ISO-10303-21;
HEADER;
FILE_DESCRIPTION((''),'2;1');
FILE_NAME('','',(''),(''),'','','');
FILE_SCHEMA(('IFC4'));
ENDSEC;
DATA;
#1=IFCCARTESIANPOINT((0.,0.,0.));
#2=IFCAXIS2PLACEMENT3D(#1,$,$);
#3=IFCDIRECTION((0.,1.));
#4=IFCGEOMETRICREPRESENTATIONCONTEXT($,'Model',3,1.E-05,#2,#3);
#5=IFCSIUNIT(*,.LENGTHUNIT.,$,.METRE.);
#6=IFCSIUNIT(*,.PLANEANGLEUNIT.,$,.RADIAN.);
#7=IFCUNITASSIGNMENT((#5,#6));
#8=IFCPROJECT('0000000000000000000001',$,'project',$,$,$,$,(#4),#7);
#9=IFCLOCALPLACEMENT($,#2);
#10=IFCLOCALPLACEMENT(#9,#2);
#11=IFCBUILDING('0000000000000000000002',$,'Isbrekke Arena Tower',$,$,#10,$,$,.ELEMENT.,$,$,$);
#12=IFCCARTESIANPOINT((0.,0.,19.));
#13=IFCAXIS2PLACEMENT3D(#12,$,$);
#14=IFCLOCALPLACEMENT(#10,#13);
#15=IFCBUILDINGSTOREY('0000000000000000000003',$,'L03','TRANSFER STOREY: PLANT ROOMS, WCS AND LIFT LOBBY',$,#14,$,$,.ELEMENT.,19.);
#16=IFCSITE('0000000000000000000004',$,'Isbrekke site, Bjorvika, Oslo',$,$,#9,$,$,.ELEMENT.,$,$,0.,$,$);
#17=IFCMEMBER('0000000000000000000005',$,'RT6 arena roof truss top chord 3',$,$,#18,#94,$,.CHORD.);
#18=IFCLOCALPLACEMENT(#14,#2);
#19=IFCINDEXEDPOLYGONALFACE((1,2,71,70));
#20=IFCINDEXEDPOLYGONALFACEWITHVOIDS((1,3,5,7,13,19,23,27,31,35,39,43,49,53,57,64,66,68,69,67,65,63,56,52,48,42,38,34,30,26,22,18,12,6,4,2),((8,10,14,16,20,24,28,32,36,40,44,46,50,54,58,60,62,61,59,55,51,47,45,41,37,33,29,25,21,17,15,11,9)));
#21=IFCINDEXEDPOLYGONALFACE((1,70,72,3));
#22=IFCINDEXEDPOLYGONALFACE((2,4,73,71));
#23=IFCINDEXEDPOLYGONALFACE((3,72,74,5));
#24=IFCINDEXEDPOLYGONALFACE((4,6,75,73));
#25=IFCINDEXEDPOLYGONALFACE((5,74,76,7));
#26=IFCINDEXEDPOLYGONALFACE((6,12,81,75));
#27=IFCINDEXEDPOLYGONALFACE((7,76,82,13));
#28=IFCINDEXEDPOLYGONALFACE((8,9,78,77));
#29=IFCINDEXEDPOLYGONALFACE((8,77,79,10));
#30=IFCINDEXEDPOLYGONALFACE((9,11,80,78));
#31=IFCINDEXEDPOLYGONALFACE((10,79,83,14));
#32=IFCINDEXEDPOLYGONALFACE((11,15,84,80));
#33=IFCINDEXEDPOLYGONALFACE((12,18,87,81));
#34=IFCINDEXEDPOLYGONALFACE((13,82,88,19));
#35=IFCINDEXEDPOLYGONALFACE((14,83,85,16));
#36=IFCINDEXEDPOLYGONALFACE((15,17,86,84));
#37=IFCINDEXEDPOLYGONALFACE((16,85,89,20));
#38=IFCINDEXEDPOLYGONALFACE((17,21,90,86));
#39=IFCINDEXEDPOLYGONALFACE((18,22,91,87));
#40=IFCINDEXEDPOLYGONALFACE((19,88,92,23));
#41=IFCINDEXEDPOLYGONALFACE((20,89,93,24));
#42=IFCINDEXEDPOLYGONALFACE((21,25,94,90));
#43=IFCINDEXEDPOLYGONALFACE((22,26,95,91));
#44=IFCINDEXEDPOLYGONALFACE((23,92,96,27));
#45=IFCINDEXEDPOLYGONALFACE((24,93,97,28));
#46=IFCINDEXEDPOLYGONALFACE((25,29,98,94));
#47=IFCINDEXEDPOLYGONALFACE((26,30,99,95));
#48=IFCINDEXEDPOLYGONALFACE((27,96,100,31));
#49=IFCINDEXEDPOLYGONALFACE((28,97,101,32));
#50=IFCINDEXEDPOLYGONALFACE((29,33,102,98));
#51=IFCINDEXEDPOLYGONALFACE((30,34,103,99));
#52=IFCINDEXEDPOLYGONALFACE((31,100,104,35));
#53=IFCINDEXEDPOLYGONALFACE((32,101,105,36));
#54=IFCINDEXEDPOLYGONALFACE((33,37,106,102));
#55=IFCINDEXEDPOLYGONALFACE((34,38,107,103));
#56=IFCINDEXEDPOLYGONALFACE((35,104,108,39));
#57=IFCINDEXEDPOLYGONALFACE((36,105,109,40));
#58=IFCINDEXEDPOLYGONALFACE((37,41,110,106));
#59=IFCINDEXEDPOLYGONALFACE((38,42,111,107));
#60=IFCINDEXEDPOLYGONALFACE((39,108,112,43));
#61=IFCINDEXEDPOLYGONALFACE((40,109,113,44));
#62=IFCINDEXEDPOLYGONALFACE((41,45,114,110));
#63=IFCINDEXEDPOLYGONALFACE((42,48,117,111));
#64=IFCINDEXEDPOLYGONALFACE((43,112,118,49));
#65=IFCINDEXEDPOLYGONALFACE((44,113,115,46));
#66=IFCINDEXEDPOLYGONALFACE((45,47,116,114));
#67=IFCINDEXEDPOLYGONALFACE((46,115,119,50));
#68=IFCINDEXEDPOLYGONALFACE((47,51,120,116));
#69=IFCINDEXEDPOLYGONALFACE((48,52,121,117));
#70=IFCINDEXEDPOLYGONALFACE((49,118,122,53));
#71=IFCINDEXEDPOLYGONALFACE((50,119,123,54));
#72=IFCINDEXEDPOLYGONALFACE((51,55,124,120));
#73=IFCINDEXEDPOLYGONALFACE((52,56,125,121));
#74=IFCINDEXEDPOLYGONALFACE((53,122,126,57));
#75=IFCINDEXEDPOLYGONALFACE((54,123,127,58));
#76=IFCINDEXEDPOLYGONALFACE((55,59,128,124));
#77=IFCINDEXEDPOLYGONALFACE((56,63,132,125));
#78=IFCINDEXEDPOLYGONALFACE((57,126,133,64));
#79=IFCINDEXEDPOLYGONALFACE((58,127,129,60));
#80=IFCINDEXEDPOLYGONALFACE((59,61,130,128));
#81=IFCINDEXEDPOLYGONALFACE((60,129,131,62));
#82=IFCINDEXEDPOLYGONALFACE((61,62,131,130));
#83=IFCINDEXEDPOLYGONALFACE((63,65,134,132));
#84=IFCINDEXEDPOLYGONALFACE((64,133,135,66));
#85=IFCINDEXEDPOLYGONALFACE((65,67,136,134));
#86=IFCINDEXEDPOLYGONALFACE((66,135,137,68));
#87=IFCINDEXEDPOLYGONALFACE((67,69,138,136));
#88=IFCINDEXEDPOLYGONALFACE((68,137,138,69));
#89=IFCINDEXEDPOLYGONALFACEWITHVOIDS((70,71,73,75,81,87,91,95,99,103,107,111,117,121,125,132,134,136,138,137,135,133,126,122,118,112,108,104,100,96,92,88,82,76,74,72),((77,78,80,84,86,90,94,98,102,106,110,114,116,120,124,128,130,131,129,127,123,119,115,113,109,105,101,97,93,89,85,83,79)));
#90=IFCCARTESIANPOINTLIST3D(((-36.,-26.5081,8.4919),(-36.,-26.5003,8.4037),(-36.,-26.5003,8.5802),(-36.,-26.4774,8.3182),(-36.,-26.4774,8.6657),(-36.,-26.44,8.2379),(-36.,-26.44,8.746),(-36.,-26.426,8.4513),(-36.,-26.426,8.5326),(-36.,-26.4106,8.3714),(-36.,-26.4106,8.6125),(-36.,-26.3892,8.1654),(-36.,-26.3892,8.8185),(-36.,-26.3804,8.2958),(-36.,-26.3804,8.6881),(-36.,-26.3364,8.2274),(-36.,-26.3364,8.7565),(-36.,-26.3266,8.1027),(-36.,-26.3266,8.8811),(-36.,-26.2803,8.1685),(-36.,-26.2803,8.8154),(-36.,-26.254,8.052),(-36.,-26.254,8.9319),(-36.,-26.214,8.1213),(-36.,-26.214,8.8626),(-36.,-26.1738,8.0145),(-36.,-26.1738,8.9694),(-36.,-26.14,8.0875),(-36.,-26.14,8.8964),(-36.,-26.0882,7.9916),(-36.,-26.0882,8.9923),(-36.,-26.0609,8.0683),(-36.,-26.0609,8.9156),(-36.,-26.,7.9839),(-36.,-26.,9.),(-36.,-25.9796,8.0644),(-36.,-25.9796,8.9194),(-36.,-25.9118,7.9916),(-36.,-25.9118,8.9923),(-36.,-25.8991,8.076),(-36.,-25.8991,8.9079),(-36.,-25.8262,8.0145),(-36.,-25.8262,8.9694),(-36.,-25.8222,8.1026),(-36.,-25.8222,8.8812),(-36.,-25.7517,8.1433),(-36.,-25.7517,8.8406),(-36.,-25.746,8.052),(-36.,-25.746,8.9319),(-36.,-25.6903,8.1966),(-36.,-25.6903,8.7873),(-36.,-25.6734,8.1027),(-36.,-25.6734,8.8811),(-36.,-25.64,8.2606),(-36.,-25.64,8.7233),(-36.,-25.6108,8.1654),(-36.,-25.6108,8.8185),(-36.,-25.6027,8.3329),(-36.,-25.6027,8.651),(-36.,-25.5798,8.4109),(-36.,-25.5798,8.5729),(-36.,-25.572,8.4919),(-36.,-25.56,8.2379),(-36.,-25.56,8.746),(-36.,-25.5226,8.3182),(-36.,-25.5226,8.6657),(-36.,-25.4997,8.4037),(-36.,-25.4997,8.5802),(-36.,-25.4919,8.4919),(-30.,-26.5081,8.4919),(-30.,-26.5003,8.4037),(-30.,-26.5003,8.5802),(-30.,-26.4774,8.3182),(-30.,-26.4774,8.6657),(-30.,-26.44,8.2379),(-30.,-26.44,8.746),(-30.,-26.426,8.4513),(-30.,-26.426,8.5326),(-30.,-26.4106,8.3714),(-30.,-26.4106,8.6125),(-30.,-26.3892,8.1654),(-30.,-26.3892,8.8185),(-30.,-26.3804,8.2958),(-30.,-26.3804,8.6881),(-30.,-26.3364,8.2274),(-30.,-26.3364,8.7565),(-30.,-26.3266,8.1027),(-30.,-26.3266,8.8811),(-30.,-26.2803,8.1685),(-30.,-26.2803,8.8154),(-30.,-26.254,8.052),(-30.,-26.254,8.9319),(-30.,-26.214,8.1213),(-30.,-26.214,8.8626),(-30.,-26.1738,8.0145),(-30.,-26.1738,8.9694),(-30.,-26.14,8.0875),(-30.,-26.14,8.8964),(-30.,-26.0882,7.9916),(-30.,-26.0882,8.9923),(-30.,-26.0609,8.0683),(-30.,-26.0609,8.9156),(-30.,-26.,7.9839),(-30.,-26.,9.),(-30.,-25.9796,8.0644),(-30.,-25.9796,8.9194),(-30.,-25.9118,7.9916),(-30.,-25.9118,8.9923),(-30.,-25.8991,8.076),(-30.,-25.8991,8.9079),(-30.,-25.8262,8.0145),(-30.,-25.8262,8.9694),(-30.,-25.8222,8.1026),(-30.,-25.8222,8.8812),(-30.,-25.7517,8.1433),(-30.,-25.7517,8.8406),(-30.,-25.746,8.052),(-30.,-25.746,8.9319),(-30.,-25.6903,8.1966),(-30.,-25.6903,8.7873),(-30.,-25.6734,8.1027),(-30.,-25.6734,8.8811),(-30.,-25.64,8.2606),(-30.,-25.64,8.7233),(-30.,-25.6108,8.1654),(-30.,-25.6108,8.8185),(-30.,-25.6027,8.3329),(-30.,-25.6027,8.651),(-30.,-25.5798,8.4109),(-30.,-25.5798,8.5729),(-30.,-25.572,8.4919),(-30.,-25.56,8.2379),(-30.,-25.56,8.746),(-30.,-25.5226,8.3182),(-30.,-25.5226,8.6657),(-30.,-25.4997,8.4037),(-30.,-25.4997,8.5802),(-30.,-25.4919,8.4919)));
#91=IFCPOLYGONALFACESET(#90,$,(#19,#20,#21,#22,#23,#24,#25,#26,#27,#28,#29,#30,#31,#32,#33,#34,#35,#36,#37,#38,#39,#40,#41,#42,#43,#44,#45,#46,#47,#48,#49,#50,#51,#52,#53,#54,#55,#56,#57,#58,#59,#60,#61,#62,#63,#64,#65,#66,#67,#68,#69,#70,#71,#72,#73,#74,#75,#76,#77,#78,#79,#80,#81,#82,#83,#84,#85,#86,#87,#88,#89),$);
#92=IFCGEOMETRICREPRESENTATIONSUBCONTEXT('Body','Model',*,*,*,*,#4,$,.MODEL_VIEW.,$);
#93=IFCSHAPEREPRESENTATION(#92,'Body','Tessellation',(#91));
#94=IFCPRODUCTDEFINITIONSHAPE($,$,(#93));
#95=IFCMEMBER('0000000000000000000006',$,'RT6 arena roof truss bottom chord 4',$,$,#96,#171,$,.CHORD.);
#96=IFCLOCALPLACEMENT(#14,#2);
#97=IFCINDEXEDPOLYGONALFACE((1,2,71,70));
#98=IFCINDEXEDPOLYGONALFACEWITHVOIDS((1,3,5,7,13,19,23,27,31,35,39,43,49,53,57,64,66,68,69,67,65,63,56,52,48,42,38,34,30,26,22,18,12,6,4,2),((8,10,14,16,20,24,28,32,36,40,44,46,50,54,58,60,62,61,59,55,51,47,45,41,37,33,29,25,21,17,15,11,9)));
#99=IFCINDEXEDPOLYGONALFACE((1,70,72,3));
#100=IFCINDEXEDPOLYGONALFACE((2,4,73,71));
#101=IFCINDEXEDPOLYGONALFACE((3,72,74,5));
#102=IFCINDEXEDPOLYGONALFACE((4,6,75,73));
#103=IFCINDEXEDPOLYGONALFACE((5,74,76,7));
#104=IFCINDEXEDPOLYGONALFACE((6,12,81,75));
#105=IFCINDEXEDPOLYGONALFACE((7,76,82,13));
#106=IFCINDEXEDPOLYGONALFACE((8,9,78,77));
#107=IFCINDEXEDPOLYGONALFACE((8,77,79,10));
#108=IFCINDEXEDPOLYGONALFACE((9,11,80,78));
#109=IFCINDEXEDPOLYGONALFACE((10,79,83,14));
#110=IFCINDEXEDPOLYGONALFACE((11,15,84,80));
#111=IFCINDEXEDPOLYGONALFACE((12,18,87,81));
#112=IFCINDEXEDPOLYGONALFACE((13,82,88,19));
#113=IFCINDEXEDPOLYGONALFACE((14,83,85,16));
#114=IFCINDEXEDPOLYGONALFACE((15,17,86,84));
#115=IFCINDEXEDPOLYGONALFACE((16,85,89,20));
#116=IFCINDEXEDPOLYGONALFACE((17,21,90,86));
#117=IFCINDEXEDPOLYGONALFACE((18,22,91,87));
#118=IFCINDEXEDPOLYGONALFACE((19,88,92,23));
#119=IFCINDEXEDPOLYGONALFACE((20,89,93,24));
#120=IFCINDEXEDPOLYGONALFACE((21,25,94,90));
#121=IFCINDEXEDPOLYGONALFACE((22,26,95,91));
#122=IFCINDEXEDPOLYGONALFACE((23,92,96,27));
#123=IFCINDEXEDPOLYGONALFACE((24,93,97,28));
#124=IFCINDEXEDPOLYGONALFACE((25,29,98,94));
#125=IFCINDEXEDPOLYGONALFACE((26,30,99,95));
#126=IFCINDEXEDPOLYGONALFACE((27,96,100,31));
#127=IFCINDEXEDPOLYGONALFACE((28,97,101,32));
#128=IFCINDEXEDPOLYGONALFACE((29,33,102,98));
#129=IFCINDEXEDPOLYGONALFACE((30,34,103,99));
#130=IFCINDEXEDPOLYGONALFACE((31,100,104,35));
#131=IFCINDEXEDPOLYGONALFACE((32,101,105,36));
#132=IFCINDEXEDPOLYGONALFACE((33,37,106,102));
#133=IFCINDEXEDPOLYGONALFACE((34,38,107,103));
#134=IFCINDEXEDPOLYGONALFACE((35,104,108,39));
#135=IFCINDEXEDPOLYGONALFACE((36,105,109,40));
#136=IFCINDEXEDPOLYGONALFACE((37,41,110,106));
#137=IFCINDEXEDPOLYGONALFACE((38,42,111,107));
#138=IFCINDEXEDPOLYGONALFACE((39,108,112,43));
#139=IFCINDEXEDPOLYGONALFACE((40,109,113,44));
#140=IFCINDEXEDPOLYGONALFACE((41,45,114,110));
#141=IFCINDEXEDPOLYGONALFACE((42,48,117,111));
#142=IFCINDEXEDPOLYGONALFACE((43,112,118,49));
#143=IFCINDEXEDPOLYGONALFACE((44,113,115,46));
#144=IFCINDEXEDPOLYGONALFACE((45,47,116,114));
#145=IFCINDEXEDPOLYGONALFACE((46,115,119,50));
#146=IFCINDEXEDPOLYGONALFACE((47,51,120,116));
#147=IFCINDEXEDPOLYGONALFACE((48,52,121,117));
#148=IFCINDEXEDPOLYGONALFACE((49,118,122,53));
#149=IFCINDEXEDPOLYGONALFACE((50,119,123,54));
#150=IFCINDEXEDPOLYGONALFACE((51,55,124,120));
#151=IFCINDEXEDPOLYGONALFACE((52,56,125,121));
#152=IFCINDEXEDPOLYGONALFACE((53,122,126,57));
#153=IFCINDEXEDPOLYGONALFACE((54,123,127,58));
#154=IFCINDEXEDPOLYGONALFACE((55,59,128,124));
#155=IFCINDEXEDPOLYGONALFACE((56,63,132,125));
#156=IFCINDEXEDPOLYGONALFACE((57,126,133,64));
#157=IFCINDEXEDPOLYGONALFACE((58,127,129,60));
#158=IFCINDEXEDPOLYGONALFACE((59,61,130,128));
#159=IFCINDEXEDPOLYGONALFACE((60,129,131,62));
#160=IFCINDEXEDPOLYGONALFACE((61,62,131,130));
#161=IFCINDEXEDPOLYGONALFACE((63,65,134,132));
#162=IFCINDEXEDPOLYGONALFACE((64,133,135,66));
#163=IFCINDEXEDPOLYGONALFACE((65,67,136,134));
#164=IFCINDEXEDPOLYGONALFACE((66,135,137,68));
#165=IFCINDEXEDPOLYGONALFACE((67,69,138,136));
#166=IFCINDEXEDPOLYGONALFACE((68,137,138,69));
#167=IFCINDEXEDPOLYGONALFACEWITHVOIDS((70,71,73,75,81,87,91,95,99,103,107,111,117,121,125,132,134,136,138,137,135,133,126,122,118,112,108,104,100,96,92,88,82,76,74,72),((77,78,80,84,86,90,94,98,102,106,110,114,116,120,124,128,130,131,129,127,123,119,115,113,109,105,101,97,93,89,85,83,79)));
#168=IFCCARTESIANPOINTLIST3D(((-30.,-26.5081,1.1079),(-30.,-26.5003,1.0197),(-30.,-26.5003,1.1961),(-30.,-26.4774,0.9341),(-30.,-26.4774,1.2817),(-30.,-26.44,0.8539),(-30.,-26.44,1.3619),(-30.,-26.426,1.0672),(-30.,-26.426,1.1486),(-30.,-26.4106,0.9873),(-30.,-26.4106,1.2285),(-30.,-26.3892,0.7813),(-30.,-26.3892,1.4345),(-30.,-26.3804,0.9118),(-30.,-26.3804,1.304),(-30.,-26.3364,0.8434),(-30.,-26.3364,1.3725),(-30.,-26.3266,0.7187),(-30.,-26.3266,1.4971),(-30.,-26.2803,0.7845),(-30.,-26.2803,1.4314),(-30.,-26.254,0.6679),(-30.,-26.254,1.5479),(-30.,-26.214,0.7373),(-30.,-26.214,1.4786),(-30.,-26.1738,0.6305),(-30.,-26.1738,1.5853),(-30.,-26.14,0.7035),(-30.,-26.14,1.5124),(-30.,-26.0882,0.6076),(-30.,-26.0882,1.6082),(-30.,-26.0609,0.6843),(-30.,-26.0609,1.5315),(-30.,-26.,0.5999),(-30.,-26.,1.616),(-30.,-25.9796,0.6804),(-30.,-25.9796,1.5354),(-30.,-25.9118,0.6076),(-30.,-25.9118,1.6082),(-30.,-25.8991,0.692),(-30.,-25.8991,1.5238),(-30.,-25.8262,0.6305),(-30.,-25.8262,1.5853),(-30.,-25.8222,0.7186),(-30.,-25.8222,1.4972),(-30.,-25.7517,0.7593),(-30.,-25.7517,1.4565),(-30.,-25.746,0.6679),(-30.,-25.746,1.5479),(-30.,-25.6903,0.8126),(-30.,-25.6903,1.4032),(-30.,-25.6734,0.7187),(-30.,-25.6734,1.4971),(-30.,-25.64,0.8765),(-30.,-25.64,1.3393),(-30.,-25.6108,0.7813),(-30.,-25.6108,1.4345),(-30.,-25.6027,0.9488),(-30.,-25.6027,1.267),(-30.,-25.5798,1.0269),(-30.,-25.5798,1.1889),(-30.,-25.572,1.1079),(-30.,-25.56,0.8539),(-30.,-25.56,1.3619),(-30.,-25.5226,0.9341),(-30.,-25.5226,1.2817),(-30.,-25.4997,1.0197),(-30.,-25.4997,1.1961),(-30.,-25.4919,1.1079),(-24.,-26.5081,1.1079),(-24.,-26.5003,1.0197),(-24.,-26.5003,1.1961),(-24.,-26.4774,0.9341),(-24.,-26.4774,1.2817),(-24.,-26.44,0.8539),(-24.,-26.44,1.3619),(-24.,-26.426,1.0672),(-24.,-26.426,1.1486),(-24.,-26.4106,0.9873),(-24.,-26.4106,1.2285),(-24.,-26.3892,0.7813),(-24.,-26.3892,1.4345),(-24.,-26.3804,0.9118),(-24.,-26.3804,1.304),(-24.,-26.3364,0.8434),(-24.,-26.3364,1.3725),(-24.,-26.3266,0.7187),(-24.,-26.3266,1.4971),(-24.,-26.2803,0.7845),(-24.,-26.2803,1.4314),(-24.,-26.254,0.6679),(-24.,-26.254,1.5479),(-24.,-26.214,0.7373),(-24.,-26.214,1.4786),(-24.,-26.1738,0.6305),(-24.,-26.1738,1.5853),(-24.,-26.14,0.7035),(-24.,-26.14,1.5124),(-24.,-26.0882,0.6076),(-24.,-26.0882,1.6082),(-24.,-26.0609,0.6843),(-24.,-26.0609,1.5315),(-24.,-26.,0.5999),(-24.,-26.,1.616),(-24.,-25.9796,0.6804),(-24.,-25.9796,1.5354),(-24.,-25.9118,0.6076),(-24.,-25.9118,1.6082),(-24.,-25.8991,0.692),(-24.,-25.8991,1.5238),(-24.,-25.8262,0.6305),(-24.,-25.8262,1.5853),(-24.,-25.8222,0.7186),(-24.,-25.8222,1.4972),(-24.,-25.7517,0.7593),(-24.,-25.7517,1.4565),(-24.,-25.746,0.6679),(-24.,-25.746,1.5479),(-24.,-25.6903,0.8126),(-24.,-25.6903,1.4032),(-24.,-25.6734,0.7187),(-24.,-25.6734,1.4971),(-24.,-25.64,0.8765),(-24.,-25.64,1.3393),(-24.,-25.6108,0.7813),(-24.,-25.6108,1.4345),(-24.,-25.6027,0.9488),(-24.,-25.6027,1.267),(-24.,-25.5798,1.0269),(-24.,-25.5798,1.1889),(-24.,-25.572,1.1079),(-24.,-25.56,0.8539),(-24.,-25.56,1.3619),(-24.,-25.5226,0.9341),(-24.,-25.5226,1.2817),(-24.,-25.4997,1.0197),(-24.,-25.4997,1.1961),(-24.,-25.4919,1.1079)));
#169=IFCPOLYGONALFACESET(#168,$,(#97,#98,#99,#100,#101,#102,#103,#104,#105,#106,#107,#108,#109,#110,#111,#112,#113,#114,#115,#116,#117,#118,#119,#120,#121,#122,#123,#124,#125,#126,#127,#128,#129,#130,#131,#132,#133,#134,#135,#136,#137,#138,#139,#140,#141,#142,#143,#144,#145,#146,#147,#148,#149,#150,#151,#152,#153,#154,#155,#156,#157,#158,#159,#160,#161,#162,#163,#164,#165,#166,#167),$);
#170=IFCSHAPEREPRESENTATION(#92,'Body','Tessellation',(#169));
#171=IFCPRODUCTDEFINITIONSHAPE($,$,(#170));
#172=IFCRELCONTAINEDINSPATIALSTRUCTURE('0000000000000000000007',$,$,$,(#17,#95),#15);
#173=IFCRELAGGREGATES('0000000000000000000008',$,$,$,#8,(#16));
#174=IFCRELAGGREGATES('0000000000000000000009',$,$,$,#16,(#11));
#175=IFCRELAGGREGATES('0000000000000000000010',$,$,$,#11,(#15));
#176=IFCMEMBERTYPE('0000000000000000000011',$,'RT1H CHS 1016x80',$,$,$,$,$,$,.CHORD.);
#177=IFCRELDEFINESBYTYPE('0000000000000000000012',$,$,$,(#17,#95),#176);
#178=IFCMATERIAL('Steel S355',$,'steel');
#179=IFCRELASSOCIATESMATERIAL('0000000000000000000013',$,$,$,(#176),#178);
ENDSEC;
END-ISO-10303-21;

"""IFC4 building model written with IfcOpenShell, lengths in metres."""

from ifc_helpers import new_model, si_unit, direction, frame, origin, origin_2d, place, context, subcontext, project, spatial, hollow_circle, extrude, material, material_profile, profile_set, type_object, element, save


model = new_model("IFC4")

# Units and contexts
model_context = context("Model", 3, precision=1e-05, world=origin(), true_north=direction((0.0, 1.0)))
body_context = subcontext(model_context, "Body", "Model", "MODEL_VIEW")
ifc_project = project(units=[si_unit("LENGTHUNIT", "METRE"), si_unit("PLANEANGLEUNIT", "RADIAN")], contexts=[model_context])

# Site, building, storey
site_placement = place(None, origin())
site = spatial("IfcSite", under=ifc_project, at=site_placement, Name="Isbrekke site, Bjorvika, Oslo", CompositionType="ELEMENT", RefElevation=0.0)
building_placement = place(site_placement, origin())
building = spatial("IfcBuilding", under=site, at=building_placement, Name="Isbrekke Arena Tower", CompositionType="ELEMENT")
storey_placement = place(building_placement, frame((0.0, 0.0, 19.0)))
storey = spatial("IfcBuildingStorey", under=building, at=storey_placement, Name="L03", Description="TRANSFER STOREY: PLANT ROOMS, WCS AND LIFT LOBBY", CompositionType="ELEMENT", Elevation=19.0)

# Members
ifc_material_1 = material(Name="Steel S355", Category="steel")
ifc_material_profile_1 = material_profile(ifc_material_1, hollow_circle(Radius=0.5081, WallThickness=0.0801, at=origin_2d()), Name="CHS 1016x80")
ifc_profile_set_1 = profile_set([ifc_material_profile_1], Name="Steel S355")
member_type_1 = type_object("IfcMemberType", Name="RT1H CHS 1016x80", PredefinedType="CHORD", material=ifc_profile_set_1)
for number, where, z_axis, x_axis, name in (
    (1, (-36.0, -26.0, 8.4919), (1.0, 0.0, 0.0), (0.0, 1.0, 0.0), "RT6 arena roof truss top chord 3"),
    (2, (-30.0, -26.0, 1.1079), (1.0, 0.0, 0.0), (0.0, 1.0, 0.0), "RT6 arena roof truss bottom chord 4"),
):
    element("IfcMember", number, at=place(storey_placement, frame(where, z_axis=z_axis, x_axis=x_axis)), inside=storey, type_object=member_type_1, Name=name, PredefinedType="CHORD", context=body_context, shape_type="SweptSolid", body=[
        extrude(hollow_circle(Radius=0.5081, WallThickness=0.0801, at=origin_2d()), origin(), (0.0, 0.0, 1.0), 6.0),
    ])

save(model, "model.ifc")
